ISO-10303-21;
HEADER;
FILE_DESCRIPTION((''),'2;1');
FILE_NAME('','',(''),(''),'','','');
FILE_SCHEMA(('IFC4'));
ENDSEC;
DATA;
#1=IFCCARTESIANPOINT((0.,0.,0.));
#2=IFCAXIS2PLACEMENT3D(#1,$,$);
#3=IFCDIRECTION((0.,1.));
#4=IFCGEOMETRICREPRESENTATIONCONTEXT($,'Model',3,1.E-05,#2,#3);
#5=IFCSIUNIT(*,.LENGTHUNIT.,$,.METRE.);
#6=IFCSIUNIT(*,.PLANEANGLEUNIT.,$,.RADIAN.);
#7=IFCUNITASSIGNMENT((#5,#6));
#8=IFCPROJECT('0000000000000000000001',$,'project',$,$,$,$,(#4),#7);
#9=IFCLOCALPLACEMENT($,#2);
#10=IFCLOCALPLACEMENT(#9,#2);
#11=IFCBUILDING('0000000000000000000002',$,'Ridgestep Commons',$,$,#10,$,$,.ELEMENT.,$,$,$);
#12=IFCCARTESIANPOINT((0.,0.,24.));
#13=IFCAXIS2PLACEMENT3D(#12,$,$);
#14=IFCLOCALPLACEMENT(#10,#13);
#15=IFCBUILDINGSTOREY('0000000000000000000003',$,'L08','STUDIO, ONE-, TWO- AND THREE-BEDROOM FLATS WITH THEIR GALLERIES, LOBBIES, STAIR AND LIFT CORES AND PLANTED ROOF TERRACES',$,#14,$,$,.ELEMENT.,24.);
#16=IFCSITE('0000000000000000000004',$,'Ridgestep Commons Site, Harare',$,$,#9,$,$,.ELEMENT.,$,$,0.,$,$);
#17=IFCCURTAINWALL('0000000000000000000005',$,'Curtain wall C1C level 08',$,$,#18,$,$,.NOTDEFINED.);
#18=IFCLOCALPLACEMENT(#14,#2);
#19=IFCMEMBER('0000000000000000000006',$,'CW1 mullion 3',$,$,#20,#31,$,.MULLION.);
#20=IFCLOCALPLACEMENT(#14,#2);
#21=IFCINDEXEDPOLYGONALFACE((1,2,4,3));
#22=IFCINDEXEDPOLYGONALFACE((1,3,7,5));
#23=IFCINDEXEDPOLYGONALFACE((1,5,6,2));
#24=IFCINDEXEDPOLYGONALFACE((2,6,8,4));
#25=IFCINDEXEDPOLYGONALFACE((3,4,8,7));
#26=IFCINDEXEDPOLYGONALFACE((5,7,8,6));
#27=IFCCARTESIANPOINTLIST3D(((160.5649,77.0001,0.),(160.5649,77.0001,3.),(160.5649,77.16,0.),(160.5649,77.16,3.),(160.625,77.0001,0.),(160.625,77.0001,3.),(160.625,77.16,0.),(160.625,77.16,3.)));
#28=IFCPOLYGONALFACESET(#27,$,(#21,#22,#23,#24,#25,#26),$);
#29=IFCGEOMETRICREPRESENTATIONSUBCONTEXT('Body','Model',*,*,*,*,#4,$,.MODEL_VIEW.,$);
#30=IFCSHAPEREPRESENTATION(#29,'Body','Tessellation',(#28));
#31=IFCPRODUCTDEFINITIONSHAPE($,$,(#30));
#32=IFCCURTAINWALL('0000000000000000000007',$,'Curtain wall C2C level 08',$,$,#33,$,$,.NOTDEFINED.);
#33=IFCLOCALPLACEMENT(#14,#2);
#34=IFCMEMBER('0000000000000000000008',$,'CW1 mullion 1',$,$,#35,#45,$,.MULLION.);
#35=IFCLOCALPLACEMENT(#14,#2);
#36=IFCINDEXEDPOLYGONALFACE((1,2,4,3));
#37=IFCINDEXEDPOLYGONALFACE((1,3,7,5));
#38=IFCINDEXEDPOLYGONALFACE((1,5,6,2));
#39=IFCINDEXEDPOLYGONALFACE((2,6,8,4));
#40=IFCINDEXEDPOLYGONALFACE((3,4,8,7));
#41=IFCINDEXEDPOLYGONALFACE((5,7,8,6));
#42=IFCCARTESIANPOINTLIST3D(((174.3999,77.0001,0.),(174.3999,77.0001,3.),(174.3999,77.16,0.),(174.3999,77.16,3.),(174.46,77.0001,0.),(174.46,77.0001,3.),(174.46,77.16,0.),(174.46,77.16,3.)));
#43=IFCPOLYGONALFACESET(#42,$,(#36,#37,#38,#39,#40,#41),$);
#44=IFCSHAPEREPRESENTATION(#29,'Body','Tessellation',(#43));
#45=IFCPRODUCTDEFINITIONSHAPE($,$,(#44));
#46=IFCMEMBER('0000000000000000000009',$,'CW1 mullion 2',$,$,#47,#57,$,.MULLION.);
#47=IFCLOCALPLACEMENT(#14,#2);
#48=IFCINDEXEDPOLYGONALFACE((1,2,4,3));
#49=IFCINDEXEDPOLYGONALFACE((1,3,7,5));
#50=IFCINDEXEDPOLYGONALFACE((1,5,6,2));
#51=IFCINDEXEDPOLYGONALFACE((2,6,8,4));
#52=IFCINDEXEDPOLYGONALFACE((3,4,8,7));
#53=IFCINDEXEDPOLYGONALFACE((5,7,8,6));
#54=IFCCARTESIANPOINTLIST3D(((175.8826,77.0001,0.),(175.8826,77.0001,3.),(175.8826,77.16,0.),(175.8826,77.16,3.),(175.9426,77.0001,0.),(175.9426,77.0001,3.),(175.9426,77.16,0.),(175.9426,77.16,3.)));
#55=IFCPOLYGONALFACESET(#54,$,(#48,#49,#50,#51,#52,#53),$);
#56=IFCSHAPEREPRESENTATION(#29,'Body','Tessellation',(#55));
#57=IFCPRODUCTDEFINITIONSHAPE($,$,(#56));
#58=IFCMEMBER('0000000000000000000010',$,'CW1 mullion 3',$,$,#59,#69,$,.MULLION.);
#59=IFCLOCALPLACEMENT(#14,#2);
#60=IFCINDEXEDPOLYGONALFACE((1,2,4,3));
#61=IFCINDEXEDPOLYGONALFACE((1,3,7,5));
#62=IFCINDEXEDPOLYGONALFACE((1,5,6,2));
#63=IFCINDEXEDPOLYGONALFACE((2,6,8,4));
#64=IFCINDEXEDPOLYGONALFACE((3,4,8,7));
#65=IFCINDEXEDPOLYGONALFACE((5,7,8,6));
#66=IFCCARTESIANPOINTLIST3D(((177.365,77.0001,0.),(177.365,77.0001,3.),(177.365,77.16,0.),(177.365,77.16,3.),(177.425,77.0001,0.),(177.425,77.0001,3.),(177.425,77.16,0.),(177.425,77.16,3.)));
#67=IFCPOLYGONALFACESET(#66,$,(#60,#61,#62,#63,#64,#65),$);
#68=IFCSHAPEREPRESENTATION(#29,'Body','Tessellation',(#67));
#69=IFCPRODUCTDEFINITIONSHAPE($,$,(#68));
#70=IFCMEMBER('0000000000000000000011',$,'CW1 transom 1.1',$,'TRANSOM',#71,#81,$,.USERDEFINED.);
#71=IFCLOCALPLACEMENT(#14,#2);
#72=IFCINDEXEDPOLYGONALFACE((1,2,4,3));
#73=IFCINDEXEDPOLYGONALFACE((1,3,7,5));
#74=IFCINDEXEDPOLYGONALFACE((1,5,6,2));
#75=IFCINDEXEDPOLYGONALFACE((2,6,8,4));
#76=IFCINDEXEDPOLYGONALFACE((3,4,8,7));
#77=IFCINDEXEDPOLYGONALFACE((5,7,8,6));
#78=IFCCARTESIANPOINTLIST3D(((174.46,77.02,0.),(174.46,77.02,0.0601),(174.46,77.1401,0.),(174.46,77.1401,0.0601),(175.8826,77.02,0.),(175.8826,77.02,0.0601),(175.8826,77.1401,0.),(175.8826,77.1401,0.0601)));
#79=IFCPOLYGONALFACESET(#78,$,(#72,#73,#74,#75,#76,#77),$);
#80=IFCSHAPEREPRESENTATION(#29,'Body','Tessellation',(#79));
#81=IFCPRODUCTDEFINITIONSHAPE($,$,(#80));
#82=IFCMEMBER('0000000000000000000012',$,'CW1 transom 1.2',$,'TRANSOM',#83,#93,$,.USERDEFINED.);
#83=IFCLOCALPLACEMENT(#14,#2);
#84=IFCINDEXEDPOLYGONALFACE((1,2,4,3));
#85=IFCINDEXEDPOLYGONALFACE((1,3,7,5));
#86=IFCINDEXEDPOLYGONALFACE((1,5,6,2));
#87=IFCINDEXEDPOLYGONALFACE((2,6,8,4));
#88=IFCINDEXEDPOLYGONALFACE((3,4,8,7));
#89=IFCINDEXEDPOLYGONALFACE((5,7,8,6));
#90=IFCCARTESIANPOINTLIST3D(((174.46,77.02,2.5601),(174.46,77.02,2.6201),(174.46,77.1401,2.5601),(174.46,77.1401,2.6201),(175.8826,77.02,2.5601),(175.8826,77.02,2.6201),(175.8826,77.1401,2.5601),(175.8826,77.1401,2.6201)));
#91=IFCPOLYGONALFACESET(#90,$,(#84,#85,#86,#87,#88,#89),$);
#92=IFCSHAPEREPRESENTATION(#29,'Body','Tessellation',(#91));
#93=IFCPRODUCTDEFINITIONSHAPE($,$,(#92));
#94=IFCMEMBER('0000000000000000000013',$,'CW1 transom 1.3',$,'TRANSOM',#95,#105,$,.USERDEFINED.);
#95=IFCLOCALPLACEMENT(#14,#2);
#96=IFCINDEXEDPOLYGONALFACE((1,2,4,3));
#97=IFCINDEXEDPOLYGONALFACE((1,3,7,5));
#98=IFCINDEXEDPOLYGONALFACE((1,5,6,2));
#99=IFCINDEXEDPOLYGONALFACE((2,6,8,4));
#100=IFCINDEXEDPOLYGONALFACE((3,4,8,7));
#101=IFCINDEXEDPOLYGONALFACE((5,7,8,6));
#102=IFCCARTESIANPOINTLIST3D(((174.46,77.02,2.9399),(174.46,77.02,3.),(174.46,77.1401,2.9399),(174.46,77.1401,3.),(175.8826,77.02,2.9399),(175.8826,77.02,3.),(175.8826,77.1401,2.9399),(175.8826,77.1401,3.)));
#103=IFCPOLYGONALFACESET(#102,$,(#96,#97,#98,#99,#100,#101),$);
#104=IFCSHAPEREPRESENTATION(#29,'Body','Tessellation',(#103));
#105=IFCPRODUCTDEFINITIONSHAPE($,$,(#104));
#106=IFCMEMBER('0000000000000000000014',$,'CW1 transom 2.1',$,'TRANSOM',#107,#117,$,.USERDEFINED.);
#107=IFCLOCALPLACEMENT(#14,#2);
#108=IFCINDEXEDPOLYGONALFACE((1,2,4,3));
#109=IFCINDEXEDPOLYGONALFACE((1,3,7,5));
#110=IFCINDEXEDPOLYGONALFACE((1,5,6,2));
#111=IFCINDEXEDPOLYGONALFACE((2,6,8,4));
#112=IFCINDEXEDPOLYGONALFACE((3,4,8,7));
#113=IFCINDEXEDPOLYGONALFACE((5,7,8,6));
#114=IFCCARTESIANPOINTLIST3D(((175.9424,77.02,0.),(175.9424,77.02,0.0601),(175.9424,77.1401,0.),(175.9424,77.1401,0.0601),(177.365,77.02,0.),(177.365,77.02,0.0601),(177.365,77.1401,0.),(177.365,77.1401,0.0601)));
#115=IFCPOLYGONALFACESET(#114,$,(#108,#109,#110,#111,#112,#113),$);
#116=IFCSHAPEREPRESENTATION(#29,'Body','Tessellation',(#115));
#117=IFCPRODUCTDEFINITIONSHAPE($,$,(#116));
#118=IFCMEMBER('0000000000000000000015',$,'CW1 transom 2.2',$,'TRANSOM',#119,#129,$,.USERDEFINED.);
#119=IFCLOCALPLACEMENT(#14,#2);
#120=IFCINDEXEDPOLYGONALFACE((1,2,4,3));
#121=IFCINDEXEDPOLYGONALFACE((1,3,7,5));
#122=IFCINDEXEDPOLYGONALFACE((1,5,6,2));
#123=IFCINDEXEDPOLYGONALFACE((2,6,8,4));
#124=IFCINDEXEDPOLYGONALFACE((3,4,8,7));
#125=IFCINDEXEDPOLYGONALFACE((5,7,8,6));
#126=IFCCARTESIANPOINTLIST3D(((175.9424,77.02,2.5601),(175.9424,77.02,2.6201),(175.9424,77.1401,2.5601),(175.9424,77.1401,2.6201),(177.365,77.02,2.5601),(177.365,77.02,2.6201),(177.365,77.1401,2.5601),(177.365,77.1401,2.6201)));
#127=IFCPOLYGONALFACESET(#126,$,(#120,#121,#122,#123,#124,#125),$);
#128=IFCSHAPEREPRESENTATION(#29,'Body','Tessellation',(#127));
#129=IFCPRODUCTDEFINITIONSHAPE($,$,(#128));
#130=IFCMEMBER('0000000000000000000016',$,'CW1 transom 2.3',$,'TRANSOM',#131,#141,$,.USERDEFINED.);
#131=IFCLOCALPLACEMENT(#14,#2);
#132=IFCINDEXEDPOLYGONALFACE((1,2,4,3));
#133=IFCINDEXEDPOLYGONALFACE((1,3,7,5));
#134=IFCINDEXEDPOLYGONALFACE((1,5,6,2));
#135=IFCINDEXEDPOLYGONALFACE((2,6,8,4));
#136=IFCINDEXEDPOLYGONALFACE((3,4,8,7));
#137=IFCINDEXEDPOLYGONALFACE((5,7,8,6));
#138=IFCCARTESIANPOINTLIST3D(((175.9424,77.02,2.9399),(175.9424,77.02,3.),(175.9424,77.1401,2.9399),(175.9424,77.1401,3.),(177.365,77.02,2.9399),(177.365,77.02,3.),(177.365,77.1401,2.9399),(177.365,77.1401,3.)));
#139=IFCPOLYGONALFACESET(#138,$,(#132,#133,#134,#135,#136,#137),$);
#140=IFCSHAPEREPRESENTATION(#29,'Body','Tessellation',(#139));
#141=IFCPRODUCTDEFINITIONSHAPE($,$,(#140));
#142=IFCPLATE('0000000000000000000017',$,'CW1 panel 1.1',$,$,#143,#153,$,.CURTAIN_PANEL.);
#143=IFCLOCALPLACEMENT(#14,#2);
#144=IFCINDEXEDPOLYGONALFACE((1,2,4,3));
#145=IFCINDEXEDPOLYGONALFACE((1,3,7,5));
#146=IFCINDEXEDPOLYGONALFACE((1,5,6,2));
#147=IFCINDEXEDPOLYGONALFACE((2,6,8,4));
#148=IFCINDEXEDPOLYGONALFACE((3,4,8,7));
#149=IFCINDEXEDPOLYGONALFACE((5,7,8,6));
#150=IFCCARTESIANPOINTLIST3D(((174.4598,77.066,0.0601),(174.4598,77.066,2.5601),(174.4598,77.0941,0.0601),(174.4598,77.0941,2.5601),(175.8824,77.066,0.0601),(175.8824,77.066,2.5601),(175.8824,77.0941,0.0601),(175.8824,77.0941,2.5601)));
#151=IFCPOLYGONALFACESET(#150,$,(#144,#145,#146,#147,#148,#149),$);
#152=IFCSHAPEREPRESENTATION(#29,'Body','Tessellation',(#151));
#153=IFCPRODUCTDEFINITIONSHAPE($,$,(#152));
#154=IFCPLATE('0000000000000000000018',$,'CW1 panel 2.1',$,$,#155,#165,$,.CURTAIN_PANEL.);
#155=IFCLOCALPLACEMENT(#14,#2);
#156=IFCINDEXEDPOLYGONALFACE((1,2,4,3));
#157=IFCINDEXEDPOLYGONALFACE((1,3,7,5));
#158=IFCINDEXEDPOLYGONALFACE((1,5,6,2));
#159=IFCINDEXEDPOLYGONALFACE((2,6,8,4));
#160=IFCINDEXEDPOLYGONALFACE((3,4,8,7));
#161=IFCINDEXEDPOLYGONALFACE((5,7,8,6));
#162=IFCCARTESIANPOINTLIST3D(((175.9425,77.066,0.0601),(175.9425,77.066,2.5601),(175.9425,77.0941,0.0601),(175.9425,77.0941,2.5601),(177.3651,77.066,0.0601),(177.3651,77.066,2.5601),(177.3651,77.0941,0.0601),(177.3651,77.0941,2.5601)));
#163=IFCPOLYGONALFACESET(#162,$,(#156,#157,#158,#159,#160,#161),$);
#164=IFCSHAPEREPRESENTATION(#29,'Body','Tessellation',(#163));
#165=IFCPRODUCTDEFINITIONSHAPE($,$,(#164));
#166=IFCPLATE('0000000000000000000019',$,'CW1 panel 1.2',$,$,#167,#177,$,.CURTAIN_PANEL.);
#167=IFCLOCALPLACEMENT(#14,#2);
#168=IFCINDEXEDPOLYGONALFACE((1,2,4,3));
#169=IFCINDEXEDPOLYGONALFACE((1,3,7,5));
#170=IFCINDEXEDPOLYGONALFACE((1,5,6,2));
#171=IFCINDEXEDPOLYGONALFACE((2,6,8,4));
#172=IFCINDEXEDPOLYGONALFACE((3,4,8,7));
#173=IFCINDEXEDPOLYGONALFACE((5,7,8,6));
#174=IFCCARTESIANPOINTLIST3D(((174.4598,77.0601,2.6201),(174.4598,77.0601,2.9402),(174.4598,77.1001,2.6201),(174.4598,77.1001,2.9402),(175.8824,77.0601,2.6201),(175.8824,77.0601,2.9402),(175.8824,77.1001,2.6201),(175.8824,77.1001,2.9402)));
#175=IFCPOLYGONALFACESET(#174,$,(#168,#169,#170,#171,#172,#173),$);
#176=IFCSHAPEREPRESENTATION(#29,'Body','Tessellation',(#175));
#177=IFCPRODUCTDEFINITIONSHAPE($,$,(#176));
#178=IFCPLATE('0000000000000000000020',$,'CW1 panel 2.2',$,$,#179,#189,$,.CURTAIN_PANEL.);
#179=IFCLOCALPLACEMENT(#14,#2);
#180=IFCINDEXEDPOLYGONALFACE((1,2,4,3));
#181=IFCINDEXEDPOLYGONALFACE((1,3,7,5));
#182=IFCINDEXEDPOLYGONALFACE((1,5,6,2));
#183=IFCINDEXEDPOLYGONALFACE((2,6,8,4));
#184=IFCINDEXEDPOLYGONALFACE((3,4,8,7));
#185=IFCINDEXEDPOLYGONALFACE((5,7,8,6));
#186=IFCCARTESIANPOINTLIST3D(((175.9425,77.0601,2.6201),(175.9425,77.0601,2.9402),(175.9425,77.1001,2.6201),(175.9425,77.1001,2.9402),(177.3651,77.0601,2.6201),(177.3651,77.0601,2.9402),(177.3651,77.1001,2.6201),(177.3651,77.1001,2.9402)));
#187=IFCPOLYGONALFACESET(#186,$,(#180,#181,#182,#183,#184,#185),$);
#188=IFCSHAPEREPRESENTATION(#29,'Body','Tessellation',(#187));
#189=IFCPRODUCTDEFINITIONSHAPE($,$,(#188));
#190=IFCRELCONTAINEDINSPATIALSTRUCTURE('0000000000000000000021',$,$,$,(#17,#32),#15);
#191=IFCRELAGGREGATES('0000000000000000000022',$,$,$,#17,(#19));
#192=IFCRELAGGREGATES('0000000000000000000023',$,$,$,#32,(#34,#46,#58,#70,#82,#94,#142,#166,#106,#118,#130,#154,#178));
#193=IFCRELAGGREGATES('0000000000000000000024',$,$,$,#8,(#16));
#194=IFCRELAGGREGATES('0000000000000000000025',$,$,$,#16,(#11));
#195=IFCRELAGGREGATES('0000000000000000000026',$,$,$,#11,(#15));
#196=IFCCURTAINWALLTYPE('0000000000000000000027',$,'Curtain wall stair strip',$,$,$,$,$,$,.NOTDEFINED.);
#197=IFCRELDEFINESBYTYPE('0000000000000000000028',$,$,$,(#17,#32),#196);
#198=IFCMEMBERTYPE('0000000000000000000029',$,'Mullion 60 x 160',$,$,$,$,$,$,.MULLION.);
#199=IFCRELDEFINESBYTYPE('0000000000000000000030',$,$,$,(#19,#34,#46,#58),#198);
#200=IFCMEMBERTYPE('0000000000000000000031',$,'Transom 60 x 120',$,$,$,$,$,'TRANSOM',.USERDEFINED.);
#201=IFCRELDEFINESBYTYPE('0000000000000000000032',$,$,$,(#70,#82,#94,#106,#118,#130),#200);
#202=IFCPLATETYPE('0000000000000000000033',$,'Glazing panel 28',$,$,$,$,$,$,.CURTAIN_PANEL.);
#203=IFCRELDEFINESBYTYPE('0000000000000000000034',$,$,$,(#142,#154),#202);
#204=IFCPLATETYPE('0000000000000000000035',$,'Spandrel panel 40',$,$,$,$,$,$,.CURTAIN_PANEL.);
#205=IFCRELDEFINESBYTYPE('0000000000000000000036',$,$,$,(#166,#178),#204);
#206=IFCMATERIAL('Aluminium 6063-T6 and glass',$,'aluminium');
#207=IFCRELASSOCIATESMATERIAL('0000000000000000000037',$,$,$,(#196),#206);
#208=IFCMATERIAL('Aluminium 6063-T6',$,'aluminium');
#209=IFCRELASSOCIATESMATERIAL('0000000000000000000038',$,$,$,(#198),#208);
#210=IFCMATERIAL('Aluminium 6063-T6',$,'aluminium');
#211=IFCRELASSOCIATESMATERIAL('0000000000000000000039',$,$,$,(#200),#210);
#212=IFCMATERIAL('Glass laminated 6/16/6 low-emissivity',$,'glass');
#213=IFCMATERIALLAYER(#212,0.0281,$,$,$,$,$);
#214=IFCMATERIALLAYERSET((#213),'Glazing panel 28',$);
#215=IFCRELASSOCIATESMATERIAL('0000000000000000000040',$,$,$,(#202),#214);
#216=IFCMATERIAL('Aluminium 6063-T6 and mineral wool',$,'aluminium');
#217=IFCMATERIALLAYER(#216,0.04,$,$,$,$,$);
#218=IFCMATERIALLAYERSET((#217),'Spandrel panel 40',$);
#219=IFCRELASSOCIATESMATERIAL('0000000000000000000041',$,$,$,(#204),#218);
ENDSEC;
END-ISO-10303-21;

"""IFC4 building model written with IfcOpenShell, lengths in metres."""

from ifc_helpers import new_model, si_unit, direction, frame, origin, origin_2d, place, context, subcontext, project, spatial, rectangle, extrude, material, layer, layer_set, material_profile, profile_set, type_object, element, aggregate, save


model = new_model("IFC4")

# Units and contexts
model_context = context("Model", 3, precision=1e-05, world=origin(), true_north=direction((0.0, 1.0)))
body_context = subcontext(model_context, "Body", "Model", "MODEL_VIEW")
ifc_project = project(units=[si_unit("LENGTHUNIT", "METRE"), si_unit("PLANEANGLEUNIT", "RADIAN")], contexts=[model_context])

# Site, building, storey
site_placement = place(None, origin())
site = spatial("IfcSite", under=ifc_project, at=site_placement, Name="Ridgestep Commons Site, Harare", CompositionType="ELEMENT", RefElevation=0.0)
building_placement = place(site_placement, origin())
building = spatial("IfcBuilding", under=site, at=building_placement, Name="Ridgestep Commons", CompositionType="ELEMENT")
storey_placement = place(building_placement, frame((0.0, 0.0, 24.0)))
storey = spatial("IfcBuildingStorey", under=building, at=storey_placement, Name="L08", Description="STUDIO, ONE-, TWO- AND THREE-BEDROOM FLATS WITH THEIR GALLERIES, LOBBIES, STAIR AND LIFT CORES AND PLANTED ROOF TERRACES", CompositionType="ELEMENT", Elevation=24.0)

# Curtain wall, member
ifc_material_1 = material(Name="Aluminium 6063-T6 and glass", Category="aluminium")
curtain_wall_type = type_object("IfcCurtainWallType", Name="Curtain wall stair strip", PredefinedType="NOTDEFINED", material=ifc_material_1)
curtain_wall_1_placement = place(storey_placement, origin())
curtain_wall_1 = element("IfcCurtainWall", 1, at=curtain_wall_1_placement, inside=storey, type_object=curtain_wall_type, Name="Curtain wall C1C level 08", PredefinedType="NOTDEFINED")
ifc_material_2 = material(Name="Aluminium 6063-T6", Category="aluminium")
ifc_material_profile_1 = material_profile(ifc_material_2, rectangle(XDim=0.1599, YDim=0.0601, at=origin_2d()), Name="Mullion 60 x 160")
ifc_profile_set_1 = profile_set([ifc_material_profile_1], Name="Aluminium 6063-T6")
member_type_1 = type_object("IfcMemberType", Name="Mullion 60 x 160", PredefinedType="MULLION", material=ifc_profile_set_1)
member_1_placement = place(storey_placement, frame((160.595, 77.0801, 0.0), z_axis=(0.0, 0.0, 1.0), x_axis=(0.0, 1.0, 0.0)))
member_1 = element("IfcMember", 2, at=member_1_placement, type_object=member_type_1, Name="CW1 mullion 3", PredefinedType="MULLION", context=body_context, shape_type="SweptSolid", body=[
    extrude(rectangle(XDim=0.1599, YDim=0.0601, at=origin_2d()), origin(), (0.0, 0.0, 1.0), 3.0),
])
aggregate(curtain_wall_1, [member_1])

# Curtain wall, members, plates
curtain_wall_2_placement = place(storey_placement, origin())
curtain_wall_2 = element("IfcCurtainWall", 3, at=curtain_wall_2_placement, inside=storey, type_object=curtain_wall_type, Name="Curtain wall C2C level 08", PredefinedType="NOTDEFINED")
member_2_placement = place(storey_placement, frame((174.4299, 77.0801, 0.0), z_axis=(0.0, 0.0, 1.0), x_axis=(0.0, 1.0, 0.0)))
member_2 = element("IfcMember", 4, at=member_2_placement, type_object=member_type_1, Name="CW1 mullion 1", PredefinedType="MULLION", context=body_context, shape_type="SweptSolid", body=[
    extrude(rectangle(XDim=0.1599, YDim=0.0601, at=origin_2d()), origin(), (0.0, 0.0, 1.0), 3.0),
])
member_3_placement = place(storey_placement, frame((175.9126, 77.0801, 0.0), z_axis=(0.0, 0.0, 1.0), x_axis=(0.0, 1.0, 0.0)))
member_3 = element("IfcMember", 5, at=member_3_placement, type_object=member_type_1, Name="CW1 mullion 2", PredefinedType="MULLION", context=body_context, shape_type="SweptSolid", body=[
    extrude(rectangle(XDim=0.1599, YDim=0.0601, at=origin_2d()), origin(), (0.0, 0.0, 1.0), 3.0),
])
member_4_placement = place(storey_placement, frame((177.395, 77.0801, 0.0), z_axis=(0.0, 0.0, 1.0), x_axis=(0.0, 1.0, 0.0)))
member_4 = element("IfcMember", 6, at=member_4_placement, type_object=member_type_1, Name="CW1 mullion 3", PredefinedType="MULLION", context=body_context, shape_type="SweptSolid", body=[
    extrude(rectangle(XDim=0.1599, YDim=0.0601, at=origin_2d()), origin(), (0.0, 0.0, 1.0), 3.0),
])
ifc_material_3 = material(Name="Aluminium 6063-T6", Category="aluminium")
ifc_material_profile_2 = material_profile(ifc_material_3, rectangle(XDim=0.1201, YDim=0.0601, at=origin_2d()), Name="Transom 60 x 120")
ifc_profile_set_2 = profile_set([ifc_material_profile_2], Name="Aluminium 6063-T6")
member_type_2 = type_object("IfcMemberType", Name="Transom 60 x 120", ElementType="TRANSOM", PredefinedType="USERDEFINED", material=ifc_profile_set_2)
member_5_placement = place(storey_placement, frame((174.46, 77.0801, 0.03), z_axis=(1.0, 0.0, 0.0), x_axis=(0.0, 1.0, 0.0)))
member_5 = element("IfcMember", 7, at=member_5_placement, type_object=member_type_2, Name="CW1 transom 1.1", ObjectType="TRANSOM", PredefinedType="USERDEFINED", context=body_context, shape_type="SweptSolid", body=[
    extrude(rectangle(XDim=0.1201, YDim=0.0601, at=origin_2d()), origin(), (0.0, 0.0, 1.0), 1.4226),
])
member_6_placement = place(storey_placement, frame((174.46, 77.0801, 2.5901), z_axis=(1.0, 0.0, 0.0), x_axis=(0.0, 1.0, 0.0)))
member_6 = element("IfcMember", 8, at=member_6_placement, type_object=member_type_2, Name="CW1 transom 1.2", ObjectType="TRANSOM", PredefinedType="USERDEFINED", context=body_context, shape_type="SweptSolid", body=[
    extrude(rectangle(XDim=0.1201, YDim=0.0601, at=origin_2d()), origin(), (0.0, 0.0, 1.0), 1.4226),
])
member_7_placement = place(storey_placement, frame((174.46, 77.0801, 2.97), z_axis=(1.0, 0.0, 0.0), x_axis=(0.0, 1.0, 0.0)))
member_7 = element("IfcMember", 9, at=member_7_placement, type_object=member_type_2, Name="CW1 transom 1.3", ObjectType="TRANSOM", PredefinedType="USERDEFINED", context=body_context, shape_type="SweptSolid", body=[
    extrude(rectangle(XDim=0.1201, YDim=0.0601, at=origin_2d()), origin(), (0.0, 0.0, 1.0), 1.4226),
])
member_8_placement = place(storey_placement, frame((175.9424, 77.0801, 0.03), z_axis=(1.0, 0.0, 0.0), x_axis=(0.0, 1.0, 0.0)))
member_8 = element("IfcMember", 10, at=member_8_placement, type_object=member_type_2, Name="CW1 transom 2.1", ObjectType="TRANSOM", PredefinedType="USERDEFINED", context=body_context, shape_type="SweptSolid", body=[
    extrude(rectangle(XDim=0.1201, YDim=0.0601, at=origin_2d()), origin(), (0.0, 0.0, 1.0), 1.4226),
])
member_9_placement = place(storey_placement, frame((175.9424, 77.0801, 2.5901), z_axis=(1.0, 0.0, 0.0), x_axis=(0.0, 1.0, 0.0)))
member_9 = element("IfcMember", 11, at=member_9_placement, type_object=member_type_2, Name="CW1 transom 2.2", ObjectType="TRANSOM", PredefinedType="USERDEFINED", context=body_context, shape_type="SweptSolid", body=[
    extrude(rectangle(XDim=0.1201, YDim=0.0601, at=origin_2d()), origin(), (0.0, 0.0, 1.0), 1.4226),
])
member_10_placement = place(storey_placement, frame((175.9424, 77.0801, 2.97), z_axis=(1.0, 0.0, 0.0), x_axis=(0.0, 1.0, 0.0)))
member_10 = element("IfcMember", 12, at=member_10_placement, type_object=member_type_2, Name="CW1 transom 2.3", ObjectType="TRANSOM", PredefinedType="USERDEFINED", context=body_context, shape_type="SweptSolid", body=[
    extrude(rectangle(XDim=0.1201, YDim=0.0601, at=origin_2d()), origin(), (0.0, 0.0, 1.0), 1.4226),
])
ifc_material_4 = material(Name="Glass laminated 6/16/6 low-emissivity", Category="glass")
ifc_layer_1 = layer(ifc_material_4, 0.0281)
ifc_layer_set_1 = layer_set([ifc_layer_1], Name="Glazing panel 28")
plate_type_1 = type_object("IfcPlateType", Name="Glazing panel 28", PredefinedType="CURTAIN_PANEL", material=ifc_layer_set_1)
plate_1_placement = place(storey_placement, frame((175.1711, 77.0801, 0.0601), z_axis=(0.0, 0.0, 1.0), x_axis=(1.0, 0.0, 0.0)))
plate_1 = element("IfcPlate", 13, at=plate_1_placement, type_object=plate_type_1, Name="CW1 panel 1.1", PredefinedType="CURTAIN_PANEL", context=body_context, shape_type="SweptSolid", body=[
    extrude(rectangle(XDim=1.4226, YDim=0.0281, at=origin_2d()), origin(), (0.0, 0.0, 1.0), 2.5),
])
plate_2_placement = place(storey_placement, frame((176.6538, 77.0801, 0.0601), z_axis=(0.0, 0.0, 1.0), x_axis=(1.0, 0.0, 0.0)))
plate_2 = element("IfcPlate", 14, at=plate_2_placement, type_object=plate_type_1, Name="CW1 panel 2.1", PredefinedType="CURTAIN_PANEL", context=body_context, shape_type="SweptSolid", body=[
    extrude(rectangle(XDim=1.4226, YDim=0.0281, at=origin_2d()), origin(), (0.0, 0.0, 1.0), 2.5),
])
ifc_material_5 = material(Name="Aluminium 6063-T6 and mineral wool", Category="aluminium")
ifc_layer_2 = layer(ifc_material_5, 0.04)
ifc_layer_set_2 = layer_set([ifc_layer_2], Name="Spandrel panel 40")
plate_type_2 = type_object("IfcPlateType", Name="Spandrel panel 40", PredefinedType="CURTAIN_PANEL", material=ifc_layer_set_2)
plate_3_placement = place(storey_placement, frame((175.1711, 77.0801, 2.6201), z_axis=(0.0, 0.0, 1.0), x_axis=(1.0, 0.0, 0.0)))
plate_3 = element("IfcPlate", 15, at=plate_3_placement, type_object=plate_type_2, Name="CW1 panel 1.2", PredefinedType="CURTAIN_PANEL", context=body_context, shape_type="SweptSolid", body=[
    extrude(rectangle(XDim=1.4226, YDim=0.04, at=origin_2d()), origin(), (0.0, 0.0, 1.0), 0.3201),
])
plate_4_placement = place(storey_placement, frame((176.6538, 77.0801, 2.6201), z_axis=(0.0, 0.0, 1.0), x_axis=(1.0, 0.0, 0.0)))
plate_4 = element("IfcPlate", 16, at=plate_4_placement, type_object=plate_type_2, Name="CW1 panel 2.2", PredefinedType="CURTAIN_PANEL", context=body_context, shape_type="SweptSolid", body=[
    extrude(rectangle(XDim=1.4226, YDim=0.04, at=origin_2d()), origin(), (0.0, 0.0, 1.0), 0.3201),
])
aggregate(curtain_wall_2, [member_2, member_3, member_4, member_5, member_6, member_7, plate_1, plate_3, member_8, member_9, member_10, plate_2, plate_4])

save(model, "model.ifc")
